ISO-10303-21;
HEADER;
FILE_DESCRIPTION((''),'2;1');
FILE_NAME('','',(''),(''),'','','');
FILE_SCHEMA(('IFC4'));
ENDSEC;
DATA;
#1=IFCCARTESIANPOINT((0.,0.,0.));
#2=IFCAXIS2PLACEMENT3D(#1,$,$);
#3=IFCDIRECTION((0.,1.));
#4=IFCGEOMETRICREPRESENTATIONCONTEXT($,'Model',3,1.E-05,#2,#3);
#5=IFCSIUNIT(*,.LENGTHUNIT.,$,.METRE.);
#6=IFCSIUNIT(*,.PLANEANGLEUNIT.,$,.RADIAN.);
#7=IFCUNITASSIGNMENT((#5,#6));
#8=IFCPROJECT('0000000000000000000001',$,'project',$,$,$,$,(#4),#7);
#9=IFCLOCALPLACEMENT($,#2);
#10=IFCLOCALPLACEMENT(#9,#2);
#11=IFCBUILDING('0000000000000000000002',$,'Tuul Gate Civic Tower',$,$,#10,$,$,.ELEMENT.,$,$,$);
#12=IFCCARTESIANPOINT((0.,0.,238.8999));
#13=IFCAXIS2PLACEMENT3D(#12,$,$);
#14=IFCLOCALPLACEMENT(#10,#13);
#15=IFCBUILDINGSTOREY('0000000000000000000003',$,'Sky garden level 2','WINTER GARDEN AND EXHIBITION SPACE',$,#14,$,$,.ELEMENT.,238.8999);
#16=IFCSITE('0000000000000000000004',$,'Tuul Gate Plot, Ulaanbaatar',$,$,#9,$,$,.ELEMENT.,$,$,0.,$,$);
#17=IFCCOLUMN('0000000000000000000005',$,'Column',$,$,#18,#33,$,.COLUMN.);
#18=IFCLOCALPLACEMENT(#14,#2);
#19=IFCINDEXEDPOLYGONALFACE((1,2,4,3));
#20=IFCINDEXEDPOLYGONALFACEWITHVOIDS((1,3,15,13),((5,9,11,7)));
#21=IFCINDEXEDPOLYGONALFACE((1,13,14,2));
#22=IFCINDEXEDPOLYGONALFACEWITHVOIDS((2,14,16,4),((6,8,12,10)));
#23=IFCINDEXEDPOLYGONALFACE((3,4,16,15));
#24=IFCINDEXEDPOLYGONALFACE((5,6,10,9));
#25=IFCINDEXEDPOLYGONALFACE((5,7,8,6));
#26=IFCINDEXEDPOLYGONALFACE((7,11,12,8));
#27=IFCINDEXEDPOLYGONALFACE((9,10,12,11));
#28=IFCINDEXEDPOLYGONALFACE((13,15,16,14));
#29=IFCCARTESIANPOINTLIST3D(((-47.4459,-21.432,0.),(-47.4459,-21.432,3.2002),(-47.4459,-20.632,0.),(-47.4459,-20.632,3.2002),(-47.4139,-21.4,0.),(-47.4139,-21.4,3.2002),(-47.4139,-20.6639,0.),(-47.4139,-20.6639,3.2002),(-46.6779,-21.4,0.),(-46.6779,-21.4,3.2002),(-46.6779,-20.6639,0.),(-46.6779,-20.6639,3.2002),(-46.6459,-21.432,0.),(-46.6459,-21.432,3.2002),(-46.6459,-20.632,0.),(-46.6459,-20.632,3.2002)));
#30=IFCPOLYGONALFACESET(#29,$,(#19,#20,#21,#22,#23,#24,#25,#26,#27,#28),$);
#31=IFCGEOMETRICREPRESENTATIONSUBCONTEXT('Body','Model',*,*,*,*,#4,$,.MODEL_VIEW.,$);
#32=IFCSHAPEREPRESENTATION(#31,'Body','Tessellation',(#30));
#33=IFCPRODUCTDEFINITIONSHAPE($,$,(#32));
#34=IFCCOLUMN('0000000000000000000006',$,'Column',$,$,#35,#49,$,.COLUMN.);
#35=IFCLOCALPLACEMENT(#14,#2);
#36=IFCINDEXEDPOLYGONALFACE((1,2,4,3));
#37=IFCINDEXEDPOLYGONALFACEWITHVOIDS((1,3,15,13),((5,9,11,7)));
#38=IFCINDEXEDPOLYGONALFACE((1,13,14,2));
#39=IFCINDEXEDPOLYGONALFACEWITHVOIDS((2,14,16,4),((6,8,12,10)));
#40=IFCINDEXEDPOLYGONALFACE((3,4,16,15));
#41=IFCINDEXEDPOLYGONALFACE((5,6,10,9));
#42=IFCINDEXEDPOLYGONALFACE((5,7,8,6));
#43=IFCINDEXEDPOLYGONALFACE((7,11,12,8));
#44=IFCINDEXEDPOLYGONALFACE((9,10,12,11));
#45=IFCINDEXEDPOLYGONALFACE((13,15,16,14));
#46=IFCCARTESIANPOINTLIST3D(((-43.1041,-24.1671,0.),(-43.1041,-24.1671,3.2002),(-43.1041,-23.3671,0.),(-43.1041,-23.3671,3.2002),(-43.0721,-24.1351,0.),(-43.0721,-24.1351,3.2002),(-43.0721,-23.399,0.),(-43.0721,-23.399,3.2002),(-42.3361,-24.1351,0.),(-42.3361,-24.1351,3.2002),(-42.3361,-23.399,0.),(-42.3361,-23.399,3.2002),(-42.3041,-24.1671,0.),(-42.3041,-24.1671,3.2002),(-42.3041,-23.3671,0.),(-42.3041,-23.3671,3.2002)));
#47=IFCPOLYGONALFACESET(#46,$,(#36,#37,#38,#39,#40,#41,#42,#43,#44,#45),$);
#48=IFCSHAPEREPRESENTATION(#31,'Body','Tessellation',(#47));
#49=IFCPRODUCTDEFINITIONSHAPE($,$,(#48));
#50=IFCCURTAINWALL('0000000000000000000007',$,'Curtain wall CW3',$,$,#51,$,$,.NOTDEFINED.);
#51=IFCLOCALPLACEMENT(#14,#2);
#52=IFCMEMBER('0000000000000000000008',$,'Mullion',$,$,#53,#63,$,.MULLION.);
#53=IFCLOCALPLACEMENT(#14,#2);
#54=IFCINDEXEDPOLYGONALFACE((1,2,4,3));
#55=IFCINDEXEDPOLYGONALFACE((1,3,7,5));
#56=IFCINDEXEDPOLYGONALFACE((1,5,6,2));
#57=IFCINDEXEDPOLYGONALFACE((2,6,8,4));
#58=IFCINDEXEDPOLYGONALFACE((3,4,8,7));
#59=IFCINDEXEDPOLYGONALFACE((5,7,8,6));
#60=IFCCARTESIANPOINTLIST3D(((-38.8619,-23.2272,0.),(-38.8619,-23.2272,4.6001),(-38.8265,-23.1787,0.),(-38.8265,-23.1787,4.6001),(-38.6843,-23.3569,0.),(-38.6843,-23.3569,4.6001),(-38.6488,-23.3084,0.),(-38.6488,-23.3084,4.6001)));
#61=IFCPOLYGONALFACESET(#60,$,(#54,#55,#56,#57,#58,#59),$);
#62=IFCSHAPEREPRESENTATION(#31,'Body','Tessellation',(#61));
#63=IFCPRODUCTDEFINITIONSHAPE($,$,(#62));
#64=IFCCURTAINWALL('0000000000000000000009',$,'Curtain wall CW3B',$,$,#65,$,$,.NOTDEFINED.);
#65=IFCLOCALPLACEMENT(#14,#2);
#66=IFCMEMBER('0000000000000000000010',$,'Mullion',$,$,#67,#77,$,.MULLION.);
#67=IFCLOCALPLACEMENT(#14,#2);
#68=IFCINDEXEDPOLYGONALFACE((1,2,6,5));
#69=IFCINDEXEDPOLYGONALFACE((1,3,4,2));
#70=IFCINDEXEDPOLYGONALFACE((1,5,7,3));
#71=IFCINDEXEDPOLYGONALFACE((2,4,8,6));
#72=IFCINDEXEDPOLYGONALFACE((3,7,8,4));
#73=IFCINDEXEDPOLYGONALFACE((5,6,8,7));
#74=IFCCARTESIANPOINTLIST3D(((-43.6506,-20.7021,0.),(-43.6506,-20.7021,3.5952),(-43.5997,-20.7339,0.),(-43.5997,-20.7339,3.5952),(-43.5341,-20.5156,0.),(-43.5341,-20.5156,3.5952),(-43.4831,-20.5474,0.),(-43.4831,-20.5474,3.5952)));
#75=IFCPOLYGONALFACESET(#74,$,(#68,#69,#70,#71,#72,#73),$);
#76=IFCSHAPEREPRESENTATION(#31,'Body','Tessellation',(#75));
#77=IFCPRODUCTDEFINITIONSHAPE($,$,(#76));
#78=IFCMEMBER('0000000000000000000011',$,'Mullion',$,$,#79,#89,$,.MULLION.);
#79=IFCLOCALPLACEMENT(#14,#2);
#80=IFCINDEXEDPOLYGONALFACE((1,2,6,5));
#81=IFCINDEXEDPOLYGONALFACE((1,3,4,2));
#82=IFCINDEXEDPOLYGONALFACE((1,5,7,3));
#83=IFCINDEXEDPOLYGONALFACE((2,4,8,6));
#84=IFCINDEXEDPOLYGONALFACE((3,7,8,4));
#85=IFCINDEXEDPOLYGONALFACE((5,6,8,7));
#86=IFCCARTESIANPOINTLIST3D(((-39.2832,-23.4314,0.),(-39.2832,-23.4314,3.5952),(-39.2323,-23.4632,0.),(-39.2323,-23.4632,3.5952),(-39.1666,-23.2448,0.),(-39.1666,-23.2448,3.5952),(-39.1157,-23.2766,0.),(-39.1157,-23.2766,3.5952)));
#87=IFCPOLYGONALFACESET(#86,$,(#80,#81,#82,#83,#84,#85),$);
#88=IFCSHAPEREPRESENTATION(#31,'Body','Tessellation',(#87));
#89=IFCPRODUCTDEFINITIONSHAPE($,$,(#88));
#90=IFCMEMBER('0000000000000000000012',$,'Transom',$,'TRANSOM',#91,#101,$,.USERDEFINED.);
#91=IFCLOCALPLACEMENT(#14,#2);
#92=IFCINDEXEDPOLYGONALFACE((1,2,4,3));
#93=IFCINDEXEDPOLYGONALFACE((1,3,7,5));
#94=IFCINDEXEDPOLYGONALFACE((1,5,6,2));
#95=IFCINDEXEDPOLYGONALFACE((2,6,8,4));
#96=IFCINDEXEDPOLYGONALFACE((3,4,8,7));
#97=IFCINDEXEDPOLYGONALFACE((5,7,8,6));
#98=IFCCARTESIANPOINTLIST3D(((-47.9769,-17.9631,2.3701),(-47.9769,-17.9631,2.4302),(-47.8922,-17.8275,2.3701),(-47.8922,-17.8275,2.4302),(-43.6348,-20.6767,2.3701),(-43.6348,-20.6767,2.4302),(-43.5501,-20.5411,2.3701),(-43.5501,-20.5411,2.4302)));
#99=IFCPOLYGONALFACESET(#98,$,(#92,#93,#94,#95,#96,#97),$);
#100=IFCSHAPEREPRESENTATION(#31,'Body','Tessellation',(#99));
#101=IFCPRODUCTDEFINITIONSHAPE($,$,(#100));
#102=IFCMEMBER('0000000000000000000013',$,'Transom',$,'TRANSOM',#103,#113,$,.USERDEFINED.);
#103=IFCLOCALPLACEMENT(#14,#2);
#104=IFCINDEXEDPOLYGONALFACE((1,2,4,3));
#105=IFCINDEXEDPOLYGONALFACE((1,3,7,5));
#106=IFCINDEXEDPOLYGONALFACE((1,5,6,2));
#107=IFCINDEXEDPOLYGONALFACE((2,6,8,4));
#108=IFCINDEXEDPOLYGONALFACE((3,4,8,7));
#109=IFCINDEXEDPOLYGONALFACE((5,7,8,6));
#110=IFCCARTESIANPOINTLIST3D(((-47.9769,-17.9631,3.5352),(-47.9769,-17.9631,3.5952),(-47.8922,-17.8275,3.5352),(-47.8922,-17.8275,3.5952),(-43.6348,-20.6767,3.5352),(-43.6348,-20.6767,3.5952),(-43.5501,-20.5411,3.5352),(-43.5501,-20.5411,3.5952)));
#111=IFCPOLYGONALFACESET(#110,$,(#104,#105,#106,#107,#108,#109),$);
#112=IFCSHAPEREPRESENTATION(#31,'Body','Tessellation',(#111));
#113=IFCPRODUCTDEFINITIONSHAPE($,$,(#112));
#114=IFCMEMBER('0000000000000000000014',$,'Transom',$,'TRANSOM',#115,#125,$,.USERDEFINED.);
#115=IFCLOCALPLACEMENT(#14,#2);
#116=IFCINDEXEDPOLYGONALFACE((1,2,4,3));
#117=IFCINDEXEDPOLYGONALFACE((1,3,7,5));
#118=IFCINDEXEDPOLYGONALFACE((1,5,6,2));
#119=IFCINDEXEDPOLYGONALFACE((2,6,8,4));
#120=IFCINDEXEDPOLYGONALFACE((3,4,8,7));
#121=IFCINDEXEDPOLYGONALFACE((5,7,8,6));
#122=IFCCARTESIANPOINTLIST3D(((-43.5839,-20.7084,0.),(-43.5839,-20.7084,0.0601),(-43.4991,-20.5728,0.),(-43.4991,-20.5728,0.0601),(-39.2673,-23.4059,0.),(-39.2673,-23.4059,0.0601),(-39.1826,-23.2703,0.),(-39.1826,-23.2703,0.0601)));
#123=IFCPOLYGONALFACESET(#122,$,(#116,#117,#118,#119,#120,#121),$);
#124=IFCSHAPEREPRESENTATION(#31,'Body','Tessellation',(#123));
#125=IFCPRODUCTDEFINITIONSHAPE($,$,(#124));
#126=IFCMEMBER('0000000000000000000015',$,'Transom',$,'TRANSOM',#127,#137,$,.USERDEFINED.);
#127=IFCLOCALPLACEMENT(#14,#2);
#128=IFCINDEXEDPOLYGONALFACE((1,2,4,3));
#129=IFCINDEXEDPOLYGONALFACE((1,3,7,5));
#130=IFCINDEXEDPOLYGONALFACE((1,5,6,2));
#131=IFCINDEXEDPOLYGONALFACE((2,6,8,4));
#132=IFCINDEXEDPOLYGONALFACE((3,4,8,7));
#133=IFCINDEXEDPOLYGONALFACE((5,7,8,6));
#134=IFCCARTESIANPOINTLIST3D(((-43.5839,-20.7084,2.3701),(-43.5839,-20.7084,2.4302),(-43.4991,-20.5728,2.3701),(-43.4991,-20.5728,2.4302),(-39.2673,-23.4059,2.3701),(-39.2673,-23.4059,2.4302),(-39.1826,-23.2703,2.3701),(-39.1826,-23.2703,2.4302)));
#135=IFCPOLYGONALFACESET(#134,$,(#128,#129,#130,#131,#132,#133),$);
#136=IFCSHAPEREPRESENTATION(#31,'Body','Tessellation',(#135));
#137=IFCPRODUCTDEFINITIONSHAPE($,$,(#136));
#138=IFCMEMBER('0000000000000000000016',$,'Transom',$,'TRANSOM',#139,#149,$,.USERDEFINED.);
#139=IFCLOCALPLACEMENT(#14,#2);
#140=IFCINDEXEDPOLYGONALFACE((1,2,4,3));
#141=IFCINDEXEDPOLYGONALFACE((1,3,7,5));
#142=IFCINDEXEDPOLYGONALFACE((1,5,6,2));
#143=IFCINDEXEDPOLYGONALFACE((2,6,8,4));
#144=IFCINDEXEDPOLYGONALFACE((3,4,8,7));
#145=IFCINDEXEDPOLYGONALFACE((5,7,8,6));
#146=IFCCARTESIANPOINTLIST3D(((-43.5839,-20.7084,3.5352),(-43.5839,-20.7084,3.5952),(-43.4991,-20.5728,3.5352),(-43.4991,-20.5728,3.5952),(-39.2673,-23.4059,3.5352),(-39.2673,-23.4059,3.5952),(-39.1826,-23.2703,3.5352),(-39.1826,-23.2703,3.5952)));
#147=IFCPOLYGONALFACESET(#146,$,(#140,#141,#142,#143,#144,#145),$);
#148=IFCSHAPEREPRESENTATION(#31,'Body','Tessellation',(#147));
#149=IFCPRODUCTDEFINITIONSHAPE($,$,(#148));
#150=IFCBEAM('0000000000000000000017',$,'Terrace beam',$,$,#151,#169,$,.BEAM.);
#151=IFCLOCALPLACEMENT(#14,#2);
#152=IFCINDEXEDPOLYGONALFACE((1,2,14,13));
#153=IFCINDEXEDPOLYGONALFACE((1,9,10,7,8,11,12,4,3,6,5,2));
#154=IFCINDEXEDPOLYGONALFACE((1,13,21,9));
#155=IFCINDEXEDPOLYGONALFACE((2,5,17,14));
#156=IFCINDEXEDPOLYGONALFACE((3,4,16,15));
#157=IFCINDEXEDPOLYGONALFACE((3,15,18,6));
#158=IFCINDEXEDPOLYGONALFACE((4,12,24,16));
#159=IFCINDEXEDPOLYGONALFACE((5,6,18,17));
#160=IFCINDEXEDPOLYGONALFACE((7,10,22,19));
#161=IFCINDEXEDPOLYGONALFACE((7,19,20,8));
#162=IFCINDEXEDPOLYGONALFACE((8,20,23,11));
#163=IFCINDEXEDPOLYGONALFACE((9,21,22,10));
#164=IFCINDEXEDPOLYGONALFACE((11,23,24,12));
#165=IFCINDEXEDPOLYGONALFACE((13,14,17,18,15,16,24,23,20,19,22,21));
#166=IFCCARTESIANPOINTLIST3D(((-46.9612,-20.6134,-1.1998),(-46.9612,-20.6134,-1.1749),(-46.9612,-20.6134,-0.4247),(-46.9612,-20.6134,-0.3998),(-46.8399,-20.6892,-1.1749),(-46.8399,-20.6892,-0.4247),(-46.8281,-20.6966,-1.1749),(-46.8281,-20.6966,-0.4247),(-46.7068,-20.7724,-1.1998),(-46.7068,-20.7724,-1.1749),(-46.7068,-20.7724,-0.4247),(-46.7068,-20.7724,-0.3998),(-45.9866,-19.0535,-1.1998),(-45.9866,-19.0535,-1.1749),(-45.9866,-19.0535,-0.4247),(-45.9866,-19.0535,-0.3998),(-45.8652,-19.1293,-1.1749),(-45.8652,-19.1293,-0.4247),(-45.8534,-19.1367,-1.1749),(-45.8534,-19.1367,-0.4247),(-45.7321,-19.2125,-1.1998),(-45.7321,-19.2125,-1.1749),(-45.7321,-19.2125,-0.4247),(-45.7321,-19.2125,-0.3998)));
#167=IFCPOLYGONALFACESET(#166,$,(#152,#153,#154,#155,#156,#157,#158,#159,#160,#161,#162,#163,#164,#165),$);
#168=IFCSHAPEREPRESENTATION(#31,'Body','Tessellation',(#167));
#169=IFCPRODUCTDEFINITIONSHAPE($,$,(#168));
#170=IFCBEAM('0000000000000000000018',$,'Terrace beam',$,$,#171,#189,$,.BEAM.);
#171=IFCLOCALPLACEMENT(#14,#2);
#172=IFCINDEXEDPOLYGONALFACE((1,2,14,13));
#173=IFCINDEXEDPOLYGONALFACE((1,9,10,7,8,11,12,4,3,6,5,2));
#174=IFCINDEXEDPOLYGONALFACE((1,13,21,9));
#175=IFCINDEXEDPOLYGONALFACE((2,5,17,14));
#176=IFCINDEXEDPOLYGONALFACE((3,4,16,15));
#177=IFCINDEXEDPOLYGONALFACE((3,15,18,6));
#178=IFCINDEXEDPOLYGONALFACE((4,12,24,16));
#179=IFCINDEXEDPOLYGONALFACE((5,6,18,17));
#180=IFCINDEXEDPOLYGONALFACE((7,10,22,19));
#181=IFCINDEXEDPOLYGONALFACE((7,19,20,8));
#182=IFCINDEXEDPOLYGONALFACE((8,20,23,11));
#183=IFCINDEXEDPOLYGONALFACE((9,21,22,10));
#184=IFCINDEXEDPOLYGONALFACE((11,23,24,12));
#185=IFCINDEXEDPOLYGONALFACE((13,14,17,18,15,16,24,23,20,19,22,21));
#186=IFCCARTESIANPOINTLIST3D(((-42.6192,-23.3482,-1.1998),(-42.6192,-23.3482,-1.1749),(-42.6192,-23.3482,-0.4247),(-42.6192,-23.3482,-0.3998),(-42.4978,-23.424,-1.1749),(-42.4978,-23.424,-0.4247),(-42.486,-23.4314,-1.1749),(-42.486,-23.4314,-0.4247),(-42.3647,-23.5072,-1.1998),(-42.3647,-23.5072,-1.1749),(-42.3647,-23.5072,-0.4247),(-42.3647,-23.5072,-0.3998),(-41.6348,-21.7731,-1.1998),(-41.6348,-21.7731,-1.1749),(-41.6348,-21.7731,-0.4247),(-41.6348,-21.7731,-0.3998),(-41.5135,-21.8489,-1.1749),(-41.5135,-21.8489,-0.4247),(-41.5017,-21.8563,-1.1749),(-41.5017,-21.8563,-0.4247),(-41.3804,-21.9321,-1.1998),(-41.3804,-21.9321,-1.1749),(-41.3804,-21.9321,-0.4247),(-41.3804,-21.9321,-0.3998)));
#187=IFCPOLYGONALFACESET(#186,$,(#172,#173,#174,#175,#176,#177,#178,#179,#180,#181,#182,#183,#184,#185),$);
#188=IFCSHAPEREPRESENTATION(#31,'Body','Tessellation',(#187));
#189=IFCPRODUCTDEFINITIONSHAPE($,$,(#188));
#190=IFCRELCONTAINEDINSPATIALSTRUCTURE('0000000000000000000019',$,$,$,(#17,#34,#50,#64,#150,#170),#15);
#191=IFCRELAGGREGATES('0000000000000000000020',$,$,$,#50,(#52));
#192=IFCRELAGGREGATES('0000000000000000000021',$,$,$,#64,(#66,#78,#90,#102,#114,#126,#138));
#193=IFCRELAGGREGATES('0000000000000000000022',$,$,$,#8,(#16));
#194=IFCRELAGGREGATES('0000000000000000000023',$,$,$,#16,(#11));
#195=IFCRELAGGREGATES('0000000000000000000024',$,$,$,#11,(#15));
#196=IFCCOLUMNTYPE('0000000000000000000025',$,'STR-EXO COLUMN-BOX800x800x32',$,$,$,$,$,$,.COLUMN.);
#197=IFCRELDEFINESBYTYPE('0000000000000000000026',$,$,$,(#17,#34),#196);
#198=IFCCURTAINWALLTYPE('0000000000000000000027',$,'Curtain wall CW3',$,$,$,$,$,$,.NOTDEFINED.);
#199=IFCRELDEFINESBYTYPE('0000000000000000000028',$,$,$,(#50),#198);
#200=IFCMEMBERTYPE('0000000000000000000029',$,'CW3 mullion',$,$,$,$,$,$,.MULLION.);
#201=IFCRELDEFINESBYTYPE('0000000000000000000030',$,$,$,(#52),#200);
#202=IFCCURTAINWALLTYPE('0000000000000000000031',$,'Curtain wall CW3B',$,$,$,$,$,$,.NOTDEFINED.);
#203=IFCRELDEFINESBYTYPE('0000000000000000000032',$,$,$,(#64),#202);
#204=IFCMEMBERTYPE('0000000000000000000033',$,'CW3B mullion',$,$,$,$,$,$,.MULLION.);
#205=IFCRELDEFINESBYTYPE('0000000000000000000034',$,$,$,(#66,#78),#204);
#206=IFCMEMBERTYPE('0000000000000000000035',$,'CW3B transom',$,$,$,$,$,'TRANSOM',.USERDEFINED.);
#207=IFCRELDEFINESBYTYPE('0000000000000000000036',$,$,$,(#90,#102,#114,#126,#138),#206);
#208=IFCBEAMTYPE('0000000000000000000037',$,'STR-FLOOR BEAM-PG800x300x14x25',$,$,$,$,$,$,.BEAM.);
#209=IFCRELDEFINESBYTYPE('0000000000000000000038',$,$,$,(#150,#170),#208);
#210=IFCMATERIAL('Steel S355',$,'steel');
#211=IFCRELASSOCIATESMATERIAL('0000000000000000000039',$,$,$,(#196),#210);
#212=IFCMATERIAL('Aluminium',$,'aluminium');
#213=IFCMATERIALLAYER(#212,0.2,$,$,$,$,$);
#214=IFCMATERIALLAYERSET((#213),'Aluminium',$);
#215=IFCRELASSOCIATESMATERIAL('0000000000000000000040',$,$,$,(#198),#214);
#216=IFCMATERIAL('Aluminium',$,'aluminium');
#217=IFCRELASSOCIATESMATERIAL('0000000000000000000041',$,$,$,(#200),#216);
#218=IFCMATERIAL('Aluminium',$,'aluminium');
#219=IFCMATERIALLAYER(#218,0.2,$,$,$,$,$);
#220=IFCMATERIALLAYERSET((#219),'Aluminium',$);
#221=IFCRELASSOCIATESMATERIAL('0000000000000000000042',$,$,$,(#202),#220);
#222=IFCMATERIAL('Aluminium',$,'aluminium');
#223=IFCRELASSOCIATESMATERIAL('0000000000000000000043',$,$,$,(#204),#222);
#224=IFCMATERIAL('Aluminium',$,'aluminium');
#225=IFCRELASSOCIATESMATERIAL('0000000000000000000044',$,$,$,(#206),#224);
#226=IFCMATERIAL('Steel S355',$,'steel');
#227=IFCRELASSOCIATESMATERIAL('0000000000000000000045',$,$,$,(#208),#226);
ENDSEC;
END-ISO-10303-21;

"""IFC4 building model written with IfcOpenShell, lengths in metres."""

from ifc_helpers import new_model, si_unit, direction, frame, origin, origin_2d, place, context, subcontext, project, spatial, rectangle, hollow_rectangle, i_section, extrude, material, layer, layer_set, material_profile, profile_set, type_object, element, aggregate, save


model = new_model("IFC4")

# Units and contexts
model_context = context("Model", 3, precision=1e-05, world=origin(), true_north=direction((0.0, 1.0)))
body_context = subcontext(model_context, "Body", "Model", "MODEL_VIEW")
ifc_project = project(units=[si_unit("LENGTHUNIT", "METRE"), si_unit("PLANEANGLEUNIT", "RADIAN")], contexts=[model_context])

# Site, building, storey
site_placement = place(None, origin())
site = spatial("IfcSite", under=ifc_project, at=site_placement, Name="Tuul Gate Plot, Ulaanbaatar", CompositionType="ELEMENT", RefElevation=0.0)
building_placement = place(site_placement, origin())
building = spatial("IfcBuilding", under=site, at=building_placement, Name="Tuul Gate Civic Tower", CompositionType="ELEMENT")
storey_placement = place(building_placement, frame((0.0, 0.0, 238.8999)))
storey = spatial("IfcBuildingStorey", under=building, at=storey_placement, Name="Sky garden level 2", Description="WINTER GARDEN AND EXHIBITION SPACE", CompositionType="ELEMENT", Elevation=238.8999)

# Columns
ifc_material_1 = material(Name="Steel S355", Category="steel")
ifc_material_profile_1 = material_profile(ifc_material_1, hollow_rectangle(XDim=0.8, YDim=0.8, WallThickness=0.032, at=origin_2d()), Name="BOX800x800x32")
ifc_profile_set_1 = profile_set([ifc_material_profile_1], Name="Steel S355")
column_type = type_object("IfcColumnType", Name="STR-EXO COLUMN-BOX800x800x32", PredefinedType="COLUMN", material=ifc_profile_set_1)
for number, where, z_axis, x_axis, name in (
    (1, (-47.0459, -21.032, 0.0), (0.0, 0.0, 1.0), (1.0, 0.0, 0.0), "Column"),
    (2, (-42.7041, -23.7671, 0.0), (0.0, 0.0, 1.0), (1.0, 0.0, 0.0), "Column"),
):
    element("IfcColumn", number, at=place(storey_placement, frame(where, z_axis=z_axis, x_axis=x_axis)), inside=storey, type_object=column_type, Name=name, PredefinedType="COLUMN", context=body_context, shape_type="SweptSolid", body=[
        extrude(hollow_rectangle(XDim=0.8, YDim=0.8, WallThickness=0.032, at=origin_2d()), origin(), (0.0, 0.0, 1.0), 3.2002),
    ])

# Curtain wall, member
ifc_material_2 = material(Name="Aluminium", Category="aluminium")
ifc_layer_1 = layer(ifc_material_2, 0.2)
ifc_layer_set_1 = layer_set([ifc_layer_1], Name="Aluminium")
curtain_wall_type_1 = type_object("IfcCurtainWallType", Name="Curtain wall CW3", PredefinedType="NOTDEFINED", material=ifc_layer_set_1)
curtain_wall_1_placement = place(storey_placement, origin())
curtain_wall_1 = element("IfcCurtainWall", 3, at=curtain_wall_1_placement, inside=storey, type_object=curtain_wall_type_1, Name="Curtain wall CW3", PredefinedType="NOTDEFINED")
ifc_material_3 = material(Name="Aluminium", Category="aluminium")
ifc_material_profile_2 = material_profile(ifc_material_3, rectangle(XDim=0.22, YDim=0.0601, at=origin_2d()), Name="CW3 mullion")
ifc_profile_set_2 = profile_set([ifc_material_profile_2], Name="Aluminium")
member_type_1 = type_object("IfcMemberType", Name="CW3 mullion", PredefinedType="MULLION", material=ifc_profile_set_2)
member_1_placement = place(storey_placement, frame((-38.7554, -23.2678, 0.0), z_axis=(0.0, 0.0, 1.0), x_axis=(-0.807567, 0.589776, 0.0)))
member_1 = element("IfcMember", 4, at=member_1_placement, type_object=member_type_1, Name="Mullion", PredefinedType="MULLION", context=body_context, shape_type="SweptSolid", body=[
    extrude(rectangle(XDim=0.22, YDim=0.0601, at=origin_2d()), origin(), (0.0, 0.0, 1.0), 4.6001),
])
aggregate(curtain_wall_1, [member_1])

# Curtain wall, members
ifc_material_4 = material(Name="Aluminium", Category="aluminium")
ifc_layer_2 = layer(ifc_material_4, 0.2)
ifc_layer_set_2 = layer_set([ifc_layer_2], Name="Aluminium")
curtain_wall_type_2 = type_object("IfcCurtainWallType", Name="Curtain wall CW3B", PredefinedType="NOTDEFINED", material=ifc_layer_set_2)
curtain_wall_2_placement = place(storey_placement, origin())
curtain_wall_2 = element("IfcCurtainWall", 5, at=curtain_wall_2_placement, inside=storey, type_object=curtain_wall_type_2, Name="Curtain wall CW3B", PredefinedType="NOTDEFINED")
ifc_material_5 = material(Name="Aluminium", Category="aluminium")
ifc_material_profile_3 = material_profile(ifc_material_5, rectangle(XDim=0.22, YDim=0.0601, at=origin_2d()), Name="CW3B mullion")
ifc_profile_set_3 = profile_set([ifc_material_profile_3], Name="Aluminium")
member_type_2 = type_object("IfcMemberType", Name="CW3B mullion", PredefinedType="MULLION", material=ifc_profile_set_3)
member_2_placement = place(storey_placement, frame((-43.5669, -20.6248, 0.0), z_axis=(0.0, 0.0, 1.0), x_axis=(0.529958, 0.848024, 0.0)))
member_2 = element("IfcMember", 6, at=member_2_placement, type_object=member_type_2, Name="Mullion", PredefinedType="MULLION", context=body_context, shape_type="SweptSolid", body=[
    extrude(rectangle(XDim=0.22, YDim=0.0601, at=origin_2d()), origin(), (0.0, 0.0, 1.0), 3.5952),
])
member_3_placement = place(storey_placement, frame((-39.1995, -23.354, 0.0), z_axis=(0.0, 0.0, 1.0), x_axis=(0.529958, 0.848024, 0.0)))
member_3 = element("IfcMember", 7, at=member_3_placement, type_object=member_type_2, Name="Mullion", PredefinedType="MULLION", context=body_context, shape_type="SweptSolid", body=[
    extrude(rectangle(XDim=0.22, YDim=0.0601, at=origin_2d()), origin(), (0.0, 0.0, 1.0), 3.5952),
])
ifc_material_6 = material(Name="Aluminium", Category="aluminium")
ifc_material_profile_4 = material_profile(ifc_material_6, rectangle(XDim=0.1599, YDim=0.0601, at=origin_2d()), Name="CW3B transom")
ifc_profile_set_4 = profile_set([ifc_material_profile_4], Name="Aluminium")
member_type_3 = type_object("IfcMemberType", Name="CW3B transom", ElementType="TRANSOM", PredefinedType="USERDEFINED", material=ifc_profile_set_4)
member_4_placement = place(storey_placement, frame((-47.9346, -17.8953, 2.4001), z_axis=(0.848012, -0.529978, 0.0), x_axis=(0.529978, 0.848012, 0.0)))
member_4 = element("IfcMember", 8, at=member_4_placement, type_object=member_type_3, Name="Transom", ObjectType="TRANSOM", PredefinedType="USERDEFINED", context=body_context, shape_type="SweptSolid", body=[
    extrude(rectangle(XDim=0.1599, YDim=0.0601, at=origin_2d()), origin(), (0.0, 0.0, 1.0), 5.1204),
])
member_5_placement = place(storey_placement, frame((-47.9346, -17.8953, 3.5652), z_axis=(0.848012, -0.529978, 0.0), x_axis=(0.529978, 0.848012, 0.0)))
member_5 = element("IfcMember", 9, at=member_5_placement, type_object=member_type_3, Name="Transom", ObjectType="TRANSOM", PredefinedType="USERDEFINED", context=body_context, shape_type="SweptSolid", body=[
    extrude(rectangle(XDim=0.1599, YDim=0.0601, at=origin_2d()), origin(), (0.0, 0.0, 1.0), 5.1204),
])
member_6_placement = place(storey_placement, frame((-43.5415, -20.6406, 0.03), z_axis=(0.848033, -0.529943, 0.0), x_axis=(0.529943, 0.848033, 0.0)))
member_6 = element("IfcMember", 10, at=member_6_placement, type_object=member_type_3, Name="Transom", ObjectType="TRANSOM", PredefinedType="USERDEFINED", context=body_context, shape_type="SweptSolid", body=[
    extrude(rectangle(XDim=0.1599, YDim=0.0601, at=origin_2d()), origin(), (0.0, 0.0, 1.0), 5.0901),
])
member_7_placement = place(storey_placement, frame((-43.5415, -20.6406, 2.4001), z_axis=(0.848033, -0.529943, 0.0), x_axis=(0.529943, 0.848033, 0.0)))
member_7 = element("IfcMember", 11, at=member_7_placement, type_object=member_type_3, Name="Transom", ObjectType="TRANSOM", PredefinedType="USERDEFINED", context=body_context, shape_type="SweptSolid", body=[
    extrude(rectangle(XDim=0.1599, YDim=0.0601, at=origin_2d()), origin(), (0.0, 0.0, 1.0), 5.0901),
])
member_8_placement = place(storey_placement, frame((-43.5415, -20.6406, 3.5652), z_axis=(0.848033, -0.529943, 0.0), x_axis=(0.529943, 0.848033, 0.0)))
member_8 = element("IfcMember", 12, at=member_8_placement, type_object=member_type_3, Name="Transom", ObjectType="TRANSOM", PredefinedType="USERDEFINED", context=body_context, shape_type="SweptSolid", body=[
    extrude(rectangle(XDim=0.1599, YDim=0.0601, at=origin_2d()), origin(), (0.0, 0.0, 1.0), 5.0901),
])

# Beams
ifc_material_7 = material(Name="Steel S355", Category="steel")
ifc_material_profile_5 = material_profile(ifc_material_7, i_section(OverallWidth=0.3, OverallDepth=0.8, WebThickness=0.0139, FlangeThickness=0.0249, at=origin_2d()), Name="PG800x300x14x25")
ifc_profile_set_5 = profile_set([ifc_material_profile_5], Name="Steel S355")
beam_type_1 = type_object("IfcBeamType", Name="STR-FLOOR BEAM-PG800x300x14x25", PredefinedType="BEAM", material=ifc_profile_set_5)
beam_1_placement = place(storey_placement, frame((-46.834, -20.6929, -0.7998), z_axis=(0.529892, 0.848065, 0.0), x_axis=(-0.848065, 0.529892, 0.0)))
element("IfcBeam", 13, at=beam_1_placement, inside=storey, type_object=beam_type_1, Name="Terrace beam", PredefinedType="BEAM", context=body_context, shape_type="SweptSolid", body=[
    extrude(i_section(OverallWidth=0.3, OverallDepth=0.8, WebThickness=0.0139, FlangeThickness=0.0249, at=origin_2d()), origin(), (0.0, 0.0, 1.0), 1.8394),
])
beam_2_placement = place(storey_placement, frame((-42.4919, -23.4277, -0.7998), z_axis=(0.529952, 0.848028, 0.0), x_axis=(-0.848028, 0.529952, 0.0)))
element("IfcBeam", 14, at=beam_2_placement, inside=storey, type_object=beam_type_1, Name="Terrace beam", PredefinedType="BEAM", context=body_context, shape_type="SweptSolid", body=[
    extrude(i_section(OverallWidth=0.3, OverallDepth=0.8, WebThickness=0.0139, FlangeThickness=0.0249, at=origin_2d()), origin(), (0.0, 0.0, 1.0), 1.8574),
])

aggregate(curtain_wall_2, [member_2, member_3, member_4, member_5, member_6, member_7, member_8])

save(model, "model.ifc")
